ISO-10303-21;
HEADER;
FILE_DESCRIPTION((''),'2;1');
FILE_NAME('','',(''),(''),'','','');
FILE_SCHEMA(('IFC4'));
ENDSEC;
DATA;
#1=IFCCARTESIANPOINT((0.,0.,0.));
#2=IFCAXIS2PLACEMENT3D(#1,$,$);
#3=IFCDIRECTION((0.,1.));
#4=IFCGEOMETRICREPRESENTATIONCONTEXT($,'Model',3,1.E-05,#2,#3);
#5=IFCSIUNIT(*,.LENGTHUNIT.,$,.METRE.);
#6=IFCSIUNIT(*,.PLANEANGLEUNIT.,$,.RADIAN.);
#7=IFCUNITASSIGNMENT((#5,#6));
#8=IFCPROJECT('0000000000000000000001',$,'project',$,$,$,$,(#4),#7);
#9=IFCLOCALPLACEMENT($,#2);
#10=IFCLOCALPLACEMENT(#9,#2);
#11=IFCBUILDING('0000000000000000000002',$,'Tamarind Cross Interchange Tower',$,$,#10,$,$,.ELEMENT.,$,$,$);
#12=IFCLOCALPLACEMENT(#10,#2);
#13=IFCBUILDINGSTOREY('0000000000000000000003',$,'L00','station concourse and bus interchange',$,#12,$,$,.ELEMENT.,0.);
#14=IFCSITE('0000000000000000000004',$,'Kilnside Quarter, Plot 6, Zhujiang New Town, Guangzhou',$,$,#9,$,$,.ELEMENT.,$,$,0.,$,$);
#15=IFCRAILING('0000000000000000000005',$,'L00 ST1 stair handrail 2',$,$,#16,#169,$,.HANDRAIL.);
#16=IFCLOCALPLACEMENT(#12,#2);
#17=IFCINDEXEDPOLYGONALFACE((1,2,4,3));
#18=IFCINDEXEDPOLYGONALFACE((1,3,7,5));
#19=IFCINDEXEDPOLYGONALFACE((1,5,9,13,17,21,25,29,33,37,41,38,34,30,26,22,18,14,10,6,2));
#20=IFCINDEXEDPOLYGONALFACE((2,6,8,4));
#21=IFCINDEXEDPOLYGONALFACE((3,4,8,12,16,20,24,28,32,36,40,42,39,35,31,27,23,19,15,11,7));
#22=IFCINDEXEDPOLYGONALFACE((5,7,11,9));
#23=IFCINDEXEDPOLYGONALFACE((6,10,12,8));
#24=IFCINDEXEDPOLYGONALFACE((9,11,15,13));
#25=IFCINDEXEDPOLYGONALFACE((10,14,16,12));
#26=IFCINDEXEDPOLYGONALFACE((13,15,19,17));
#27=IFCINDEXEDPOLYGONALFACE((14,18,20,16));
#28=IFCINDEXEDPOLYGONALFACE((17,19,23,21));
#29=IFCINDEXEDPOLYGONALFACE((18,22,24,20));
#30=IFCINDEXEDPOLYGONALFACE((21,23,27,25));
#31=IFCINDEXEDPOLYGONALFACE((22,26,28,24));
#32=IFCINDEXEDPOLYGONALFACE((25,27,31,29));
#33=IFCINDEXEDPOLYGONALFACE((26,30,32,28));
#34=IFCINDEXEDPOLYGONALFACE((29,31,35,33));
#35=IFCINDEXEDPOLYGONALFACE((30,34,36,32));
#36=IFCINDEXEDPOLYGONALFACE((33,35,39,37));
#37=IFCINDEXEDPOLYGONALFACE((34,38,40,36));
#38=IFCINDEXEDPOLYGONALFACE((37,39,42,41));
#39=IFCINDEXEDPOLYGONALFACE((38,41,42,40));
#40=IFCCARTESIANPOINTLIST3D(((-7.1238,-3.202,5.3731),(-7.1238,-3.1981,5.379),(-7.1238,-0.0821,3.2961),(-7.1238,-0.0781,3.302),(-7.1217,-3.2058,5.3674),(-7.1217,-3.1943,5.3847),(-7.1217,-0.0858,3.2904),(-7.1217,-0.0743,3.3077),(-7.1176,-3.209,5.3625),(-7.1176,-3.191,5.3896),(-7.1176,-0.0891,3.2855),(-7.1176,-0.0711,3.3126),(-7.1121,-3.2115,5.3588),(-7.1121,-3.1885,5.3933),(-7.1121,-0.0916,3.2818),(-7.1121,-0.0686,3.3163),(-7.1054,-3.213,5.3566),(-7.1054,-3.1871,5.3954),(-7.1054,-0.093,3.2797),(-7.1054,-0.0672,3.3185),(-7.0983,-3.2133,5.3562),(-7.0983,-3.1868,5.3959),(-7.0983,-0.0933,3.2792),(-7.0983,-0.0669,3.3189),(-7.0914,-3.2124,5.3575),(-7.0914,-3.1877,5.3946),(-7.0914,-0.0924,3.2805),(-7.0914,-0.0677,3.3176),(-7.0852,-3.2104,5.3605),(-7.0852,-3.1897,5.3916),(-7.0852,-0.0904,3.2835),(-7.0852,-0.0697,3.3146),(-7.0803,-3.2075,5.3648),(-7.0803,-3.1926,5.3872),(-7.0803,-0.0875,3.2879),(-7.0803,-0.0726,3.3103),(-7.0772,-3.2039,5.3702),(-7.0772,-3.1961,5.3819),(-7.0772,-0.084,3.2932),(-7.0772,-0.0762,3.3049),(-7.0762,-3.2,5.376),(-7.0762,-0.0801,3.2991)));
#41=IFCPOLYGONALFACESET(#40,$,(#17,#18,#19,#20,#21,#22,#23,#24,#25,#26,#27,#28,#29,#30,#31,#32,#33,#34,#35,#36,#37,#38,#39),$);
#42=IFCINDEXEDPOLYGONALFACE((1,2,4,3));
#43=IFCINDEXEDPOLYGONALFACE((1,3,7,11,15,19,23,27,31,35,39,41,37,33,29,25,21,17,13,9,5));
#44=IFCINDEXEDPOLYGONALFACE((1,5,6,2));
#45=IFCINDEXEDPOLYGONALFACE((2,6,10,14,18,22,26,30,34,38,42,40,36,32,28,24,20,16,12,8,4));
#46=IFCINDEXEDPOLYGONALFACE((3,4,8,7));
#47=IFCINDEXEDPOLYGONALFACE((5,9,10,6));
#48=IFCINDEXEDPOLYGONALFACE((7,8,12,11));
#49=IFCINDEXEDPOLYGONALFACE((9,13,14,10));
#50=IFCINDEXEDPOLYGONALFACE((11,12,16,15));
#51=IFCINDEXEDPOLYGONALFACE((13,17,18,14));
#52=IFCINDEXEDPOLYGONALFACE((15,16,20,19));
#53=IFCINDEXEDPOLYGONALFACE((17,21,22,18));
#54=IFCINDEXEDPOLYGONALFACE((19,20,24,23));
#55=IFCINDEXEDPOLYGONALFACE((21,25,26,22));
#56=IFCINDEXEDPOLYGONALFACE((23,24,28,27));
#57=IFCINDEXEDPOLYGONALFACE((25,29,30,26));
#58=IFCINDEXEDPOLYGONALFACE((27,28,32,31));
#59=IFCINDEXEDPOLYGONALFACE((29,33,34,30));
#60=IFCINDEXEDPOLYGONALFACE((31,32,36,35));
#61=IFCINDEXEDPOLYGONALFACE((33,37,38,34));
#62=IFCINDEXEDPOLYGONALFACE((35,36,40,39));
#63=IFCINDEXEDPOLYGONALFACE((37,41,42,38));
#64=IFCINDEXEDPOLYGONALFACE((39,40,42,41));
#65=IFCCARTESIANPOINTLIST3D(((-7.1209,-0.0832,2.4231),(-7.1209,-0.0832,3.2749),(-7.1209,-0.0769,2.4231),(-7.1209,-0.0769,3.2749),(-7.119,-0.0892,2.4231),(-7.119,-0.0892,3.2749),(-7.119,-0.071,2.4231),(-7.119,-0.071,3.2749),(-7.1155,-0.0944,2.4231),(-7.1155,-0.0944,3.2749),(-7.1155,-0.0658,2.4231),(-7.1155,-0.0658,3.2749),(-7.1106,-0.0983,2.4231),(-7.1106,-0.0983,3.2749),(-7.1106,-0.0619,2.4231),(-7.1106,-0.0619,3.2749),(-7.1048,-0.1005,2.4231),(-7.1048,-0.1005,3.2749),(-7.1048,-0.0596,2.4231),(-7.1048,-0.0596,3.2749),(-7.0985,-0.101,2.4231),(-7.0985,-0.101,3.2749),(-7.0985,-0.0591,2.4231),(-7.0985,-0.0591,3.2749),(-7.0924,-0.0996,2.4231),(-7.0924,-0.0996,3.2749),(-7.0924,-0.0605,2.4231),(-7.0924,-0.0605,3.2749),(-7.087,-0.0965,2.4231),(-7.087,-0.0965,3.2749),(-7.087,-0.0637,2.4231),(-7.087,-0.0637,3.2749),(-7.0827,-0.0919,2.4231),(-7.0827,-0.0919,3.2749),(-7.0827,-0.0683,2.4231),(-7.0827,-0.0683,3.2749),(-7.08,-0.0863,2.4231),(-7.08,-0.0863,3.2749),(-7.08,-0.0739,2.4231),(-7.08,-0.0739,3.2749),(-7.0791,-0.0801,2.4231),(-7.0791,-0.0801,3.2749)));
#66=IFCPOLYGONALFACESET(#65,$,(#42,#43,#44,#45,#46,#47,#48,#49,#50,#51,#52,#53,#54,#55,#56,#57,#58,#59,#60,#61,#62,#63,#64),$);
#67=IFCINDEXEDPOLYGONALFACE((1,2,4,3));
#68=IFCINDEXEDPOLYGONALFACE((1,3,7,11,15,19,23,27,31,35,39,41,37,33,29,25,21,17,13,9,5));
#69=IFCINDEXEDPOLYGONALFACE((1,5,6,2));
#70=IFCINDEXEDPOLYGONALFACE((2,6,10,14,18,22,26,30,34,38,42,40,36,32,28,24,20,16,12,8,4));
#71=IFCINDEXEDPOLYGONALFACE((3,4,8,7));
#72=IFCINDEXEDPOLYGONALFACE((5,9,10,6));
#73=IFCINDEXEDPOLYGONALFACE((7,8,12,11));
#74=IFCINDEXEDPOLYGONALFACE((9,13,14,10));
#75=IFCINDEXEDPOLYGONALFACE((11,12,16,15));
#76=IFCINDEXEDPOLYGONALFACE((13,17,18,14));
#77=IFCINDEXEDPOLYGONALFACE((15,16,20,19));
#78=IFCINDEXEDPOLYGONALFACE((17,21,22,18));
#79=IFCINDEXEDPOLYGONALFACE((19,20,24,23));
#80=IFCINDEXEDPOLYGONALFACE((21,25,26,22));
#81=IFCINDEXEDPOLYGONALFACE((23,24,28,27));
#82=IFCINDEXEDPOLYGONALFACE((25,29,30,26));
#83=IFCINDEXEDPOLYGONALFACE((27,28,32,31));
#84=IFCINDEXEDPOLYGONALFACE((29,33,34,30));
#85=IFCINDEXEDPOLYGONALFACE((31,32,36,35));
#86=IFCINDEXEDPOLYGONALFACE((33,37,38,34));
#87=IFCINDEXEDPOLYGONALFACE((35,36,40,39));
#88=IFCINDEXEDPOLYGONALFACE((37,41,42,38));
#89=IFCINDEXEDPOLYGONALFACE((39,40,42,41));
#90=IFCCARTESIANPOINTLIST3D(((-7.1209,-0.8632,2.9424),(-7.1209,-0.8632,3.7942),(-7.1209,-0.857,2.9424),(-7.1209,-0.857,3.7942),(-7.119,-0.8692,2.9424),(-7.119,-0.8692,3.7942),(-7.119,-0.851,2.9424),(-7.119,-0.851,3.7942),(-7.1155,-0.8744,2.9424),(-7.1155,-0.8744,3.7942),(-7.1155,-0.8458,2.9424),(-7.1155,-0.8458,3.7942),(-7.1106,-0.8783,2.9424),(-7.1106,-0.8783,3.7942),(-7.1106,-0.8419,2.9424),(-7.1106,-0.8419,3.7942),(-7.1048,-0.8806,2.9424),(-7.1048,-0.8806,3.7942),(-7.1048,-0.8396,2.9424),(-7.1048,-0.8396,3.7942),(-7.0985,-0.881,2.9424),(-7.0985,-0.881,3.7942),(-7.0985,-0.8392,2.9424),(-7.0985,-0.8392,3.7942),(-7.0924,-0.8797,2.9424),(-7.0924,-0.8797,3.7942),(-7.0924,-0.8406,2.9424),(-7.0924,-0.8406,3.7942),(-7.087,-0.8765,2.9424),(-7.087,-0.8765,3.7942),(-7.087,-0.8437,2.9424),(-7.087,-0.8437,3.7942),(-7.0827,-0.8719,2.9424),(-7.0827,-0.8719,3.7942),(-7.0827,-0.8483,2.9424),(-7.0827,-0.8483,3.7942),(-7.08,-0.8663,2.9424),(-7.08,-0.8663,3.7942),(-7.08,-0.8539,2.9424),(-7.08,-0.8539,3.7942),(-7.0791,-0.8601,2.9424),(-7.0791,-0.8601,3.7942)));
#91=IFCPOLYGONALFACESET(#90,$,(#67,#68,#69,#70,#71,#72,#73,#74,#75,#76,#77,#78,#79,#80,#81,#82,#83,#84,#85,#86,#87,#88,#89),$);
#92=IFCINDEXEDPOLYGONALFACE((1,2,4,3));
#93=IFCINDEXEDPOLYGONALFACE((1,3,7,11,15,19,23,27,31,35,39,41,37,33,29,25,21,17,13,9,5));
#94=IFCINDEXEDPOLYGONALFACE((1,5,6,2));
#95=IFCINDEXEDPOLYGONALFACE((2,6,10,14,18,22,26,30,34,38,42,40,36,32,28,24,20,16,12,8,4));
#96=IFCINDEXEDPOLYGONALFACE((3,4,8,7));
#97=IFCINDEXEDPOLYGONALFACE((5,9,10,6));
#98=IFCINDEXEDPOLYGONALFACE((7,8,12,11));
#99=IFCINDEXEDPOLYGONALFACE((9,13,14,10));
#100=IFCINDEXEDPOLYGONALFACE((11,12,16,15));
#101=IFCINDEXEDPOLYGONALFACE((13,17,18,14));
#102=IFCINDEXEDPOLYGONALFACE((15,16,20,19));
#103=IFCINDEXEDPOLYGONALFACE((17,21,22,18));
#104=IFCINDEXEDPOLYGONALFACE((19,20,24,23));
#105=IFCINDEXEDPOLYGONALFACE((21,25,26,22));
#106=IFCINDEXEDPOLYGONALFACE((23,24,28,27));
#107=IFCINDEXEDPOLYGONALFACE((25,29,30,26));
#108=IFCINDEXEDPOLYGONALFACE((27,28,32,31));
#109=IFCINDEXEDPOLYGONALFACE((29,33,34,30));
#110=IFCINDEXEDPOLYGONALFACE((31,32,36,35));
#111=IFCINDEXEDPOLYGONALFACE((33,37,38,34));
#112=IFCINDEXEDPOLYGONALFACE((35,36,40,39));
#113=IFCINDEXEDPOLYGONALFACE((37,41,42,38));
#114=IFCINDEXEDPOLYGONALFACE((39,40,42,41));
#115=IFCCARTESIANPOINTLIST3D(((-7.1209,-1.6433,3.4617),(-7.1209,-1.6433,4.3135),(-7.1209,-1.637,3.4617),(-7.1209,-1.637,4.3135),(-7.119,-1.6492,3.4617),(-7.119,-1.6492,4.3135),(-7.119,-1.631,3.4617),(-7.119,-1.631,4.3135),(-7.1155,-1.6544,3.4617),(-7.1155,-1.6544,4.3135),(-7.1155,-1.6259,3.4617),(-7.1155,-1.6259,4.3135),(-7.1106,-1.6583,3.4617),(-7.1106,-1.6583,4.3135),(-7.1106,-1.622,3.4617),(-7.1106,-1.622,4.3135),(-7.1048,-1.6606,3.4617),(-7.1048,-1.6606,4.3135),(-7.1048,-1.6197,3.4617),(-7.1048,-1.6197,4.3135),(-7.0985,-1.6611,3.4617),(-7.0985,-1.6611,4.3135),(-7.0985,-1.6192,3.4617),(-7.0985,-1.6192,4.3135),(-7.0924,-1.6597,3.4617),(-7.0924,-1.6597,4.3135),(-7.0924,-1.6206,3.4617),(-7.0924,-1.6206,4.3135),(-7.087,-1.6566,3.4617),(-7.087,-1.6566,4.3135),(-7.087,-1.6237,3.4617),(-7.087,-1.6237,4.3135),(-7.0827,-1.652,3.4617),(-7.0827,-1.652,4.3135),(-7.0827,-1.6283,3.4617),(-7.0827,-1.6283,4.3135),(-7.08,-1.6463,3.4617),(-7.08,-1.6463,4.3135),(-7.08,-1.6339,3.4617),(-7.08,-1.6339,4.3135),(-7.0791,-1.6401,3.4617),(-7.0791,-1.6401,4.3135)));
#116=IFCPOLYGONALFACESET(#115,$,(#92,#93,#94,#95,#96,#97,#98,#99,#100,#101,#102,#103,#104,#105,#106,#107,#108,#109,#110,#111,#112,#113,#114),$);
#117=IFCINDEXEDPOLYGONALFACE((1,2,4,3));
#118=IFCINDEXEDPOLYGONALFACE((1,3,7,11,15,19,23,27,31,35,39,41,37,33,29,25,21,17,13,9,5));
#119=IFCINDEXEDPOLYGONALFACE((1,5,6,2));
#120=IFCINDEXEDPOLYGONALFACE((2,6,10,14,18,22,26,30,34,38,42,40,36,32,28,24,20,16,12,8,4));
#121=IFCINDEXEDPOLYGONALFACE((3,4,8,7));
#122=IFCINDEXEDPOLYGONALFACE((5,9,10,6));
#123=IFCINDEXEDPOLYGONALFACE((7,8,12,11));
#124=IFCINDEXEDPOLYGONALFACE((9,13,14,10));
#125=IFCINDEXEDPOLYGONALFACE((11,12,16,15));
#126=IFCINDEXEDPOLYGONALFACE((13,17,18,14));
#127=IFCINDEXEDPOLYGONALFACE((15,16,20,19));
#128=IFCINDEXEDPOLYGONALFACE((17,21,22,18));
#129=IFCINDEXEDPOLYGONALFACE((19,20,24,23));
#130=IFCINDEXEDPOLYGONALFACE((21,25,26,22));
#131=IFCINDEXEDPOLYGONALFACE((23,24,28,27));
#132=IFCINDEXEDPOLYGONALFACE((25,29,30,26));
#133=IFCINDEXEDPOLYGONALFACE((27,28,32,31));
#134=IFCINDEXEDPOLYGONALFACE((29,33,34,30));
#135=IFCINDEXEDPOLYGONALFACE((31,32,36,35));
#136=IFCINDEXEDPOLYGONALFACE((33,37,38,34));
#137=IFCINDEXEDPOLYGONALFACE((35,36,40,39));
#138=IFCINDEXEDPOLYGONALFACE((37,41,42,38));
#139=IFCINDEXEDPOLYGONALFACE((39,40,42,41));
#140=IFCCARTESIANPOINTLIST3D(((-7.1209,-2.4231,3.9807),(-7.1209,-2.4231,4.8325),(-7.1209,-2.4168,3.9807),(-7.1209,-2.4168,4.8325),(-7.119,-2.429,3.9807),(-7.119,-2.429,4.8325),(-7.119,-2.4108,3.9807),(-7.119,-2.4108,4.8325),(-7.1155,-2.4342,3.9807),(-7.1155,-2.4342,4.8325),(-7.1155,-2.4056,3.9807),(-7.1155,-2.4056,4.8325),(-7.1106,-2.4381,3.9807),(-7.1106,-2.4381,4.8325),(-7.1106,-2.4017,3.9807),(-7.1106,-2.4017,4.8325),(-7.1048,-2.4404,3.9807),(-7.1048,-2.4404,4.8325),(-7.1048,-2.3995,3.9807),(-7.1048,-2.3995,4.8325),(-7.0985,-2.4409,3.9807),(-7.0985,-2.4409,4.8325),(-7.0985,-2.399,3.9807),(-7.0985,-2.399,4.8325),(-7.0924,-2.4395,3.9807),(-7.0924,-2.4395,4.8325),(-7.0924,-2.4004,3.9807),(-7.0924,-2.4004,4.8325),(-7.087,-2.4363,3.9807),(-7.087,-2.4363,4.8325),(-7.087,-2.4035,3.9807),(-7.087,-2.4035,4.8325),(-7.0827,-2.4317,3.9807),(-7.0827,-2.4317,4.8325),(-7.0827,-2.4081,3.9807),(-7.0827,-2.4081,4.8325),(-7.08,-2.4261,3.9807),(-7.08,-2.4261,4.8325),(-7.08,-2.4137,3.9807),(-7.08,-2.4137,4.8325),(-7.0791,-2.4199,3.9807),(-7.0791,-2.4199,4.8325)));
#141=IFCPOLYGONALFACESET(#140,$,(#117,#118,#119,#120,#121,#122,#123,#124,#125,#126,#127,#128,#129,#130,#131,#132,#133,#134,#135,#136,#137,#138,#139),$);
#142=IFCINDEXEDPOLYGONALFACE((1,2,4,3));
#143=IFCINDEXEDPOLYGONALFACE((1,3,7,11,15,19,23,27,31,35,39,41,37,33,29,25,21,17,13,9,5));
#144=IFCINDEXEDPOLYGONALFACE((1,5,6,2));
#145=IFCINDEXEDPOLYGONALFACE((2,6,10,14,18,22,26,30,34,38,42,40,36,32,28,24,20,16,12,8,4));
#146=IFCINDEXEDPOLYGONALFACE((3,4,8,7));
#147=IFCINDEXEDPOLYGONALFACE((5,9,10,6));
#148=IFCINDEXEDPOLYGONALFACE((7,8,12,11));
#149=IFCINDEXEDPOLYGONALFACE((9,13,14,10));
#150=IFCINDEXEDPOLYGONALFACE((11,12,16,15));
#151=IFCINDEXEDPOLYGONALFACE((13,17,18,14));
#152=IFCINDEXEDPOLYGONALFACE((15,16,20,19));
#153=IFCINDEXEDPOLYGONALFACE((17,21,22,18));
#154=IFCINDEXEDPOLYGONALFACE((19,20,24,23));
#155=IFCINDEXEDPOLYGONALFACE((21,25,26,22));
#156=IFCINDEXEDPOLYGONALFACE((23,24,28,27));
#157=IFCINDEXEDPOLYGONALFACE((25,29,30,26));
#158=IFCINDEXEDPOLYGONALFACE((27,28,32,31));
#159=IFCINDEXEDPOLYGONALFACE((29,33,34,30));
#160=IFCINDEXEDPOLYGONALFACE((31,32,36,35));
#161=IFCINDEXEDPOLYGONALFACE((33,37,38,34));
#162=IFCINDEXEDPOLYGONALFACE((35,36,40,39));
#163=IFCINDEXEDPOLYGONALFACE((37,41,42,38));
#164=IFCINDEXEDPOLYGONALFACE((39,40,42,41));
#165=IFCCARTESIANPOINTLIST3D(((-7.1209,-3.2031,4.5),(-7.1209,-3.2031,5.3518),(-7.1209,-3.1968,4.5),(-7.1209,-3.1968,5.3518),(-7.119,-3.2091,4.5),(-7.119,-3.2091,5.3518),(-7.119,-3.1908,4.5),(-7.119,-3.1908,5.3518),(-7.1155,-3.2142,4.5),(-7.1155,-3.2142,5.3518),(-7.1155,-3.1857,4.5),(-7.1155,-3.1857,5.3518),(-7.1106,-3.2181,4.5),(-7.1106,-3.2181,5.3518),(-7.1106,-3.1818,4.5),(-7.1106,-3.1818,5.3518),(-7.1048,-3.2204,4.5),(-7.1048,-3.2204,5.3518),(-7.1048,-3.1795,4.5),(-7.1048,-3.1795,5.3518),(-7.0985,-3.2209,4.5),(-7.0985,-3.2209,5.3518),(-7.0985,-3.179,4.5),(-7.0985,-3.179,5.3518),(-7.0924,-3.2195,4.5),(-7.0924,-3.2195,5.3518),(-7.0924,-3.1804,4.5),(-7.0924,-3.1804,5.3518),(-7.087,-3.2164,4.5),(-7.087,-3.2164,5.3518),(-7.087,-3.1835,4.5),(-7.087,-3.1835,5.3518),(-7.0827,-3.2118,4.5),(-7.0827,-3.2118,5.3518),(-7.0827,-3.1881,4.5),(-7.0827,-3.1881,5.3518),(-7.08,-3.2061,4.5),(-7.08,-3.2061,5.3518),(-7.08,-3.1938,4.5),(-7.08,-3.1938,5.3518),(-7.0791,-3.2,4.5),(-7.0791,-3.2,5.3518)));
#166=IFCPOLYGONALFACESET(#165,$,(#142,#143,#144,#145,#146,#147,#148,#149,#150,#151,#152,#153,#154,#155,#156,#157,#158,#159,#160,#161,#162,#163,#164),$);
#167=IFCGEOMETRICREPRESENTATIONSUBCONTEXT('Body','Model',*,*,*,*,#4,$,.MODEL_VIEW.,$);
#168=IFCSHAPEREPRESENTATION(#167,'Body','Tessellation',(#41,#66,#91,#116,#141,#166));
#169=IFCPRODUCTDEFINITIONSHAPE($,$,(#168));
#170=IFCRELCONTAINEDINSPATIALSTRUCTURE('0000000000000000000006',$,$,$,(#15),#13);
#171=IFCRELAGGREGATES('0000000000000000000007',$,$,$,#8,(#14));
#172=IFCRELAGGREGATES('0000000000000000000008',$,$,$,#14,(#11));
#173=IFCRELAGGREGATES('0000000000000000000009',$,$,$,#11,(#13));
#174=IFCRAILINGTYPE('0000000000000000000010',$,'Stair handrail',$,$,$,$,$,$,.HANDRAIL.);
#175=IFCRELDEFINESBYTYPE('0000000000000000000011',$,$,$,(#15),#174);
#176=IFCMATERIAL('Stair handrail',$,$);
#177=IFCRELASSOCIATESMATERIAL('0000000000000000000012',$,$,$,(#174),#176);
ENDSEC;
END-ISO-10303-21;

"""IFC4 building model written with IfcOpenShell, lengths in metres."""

from ifc_helpers import new_model, si_unit, direction, frame, origin, origin_2d, place, context, subcontext, project, spatial, circle, extrude, material, type_object, element, save


model = new_model("IFC4")

# Units and contexts
model_context = context("Model", 3, precision=1e-05, world=origin(), true_north=direction((0.0, 1.0)))
body_context = subcontext(model_context, "Body", "Model", "MODEL_VIEW")
ifc_project = project(units=[si_unit("LENGTHUNIT", "METRE"), si_unit("PLANEANGLEUNIT", "RADIAN")], contexts=[model_context])

# Site, building, storey
site_placement = place(None, origin())
site = spatial("IfcSite", under=ifc_project, at=site_placement, Name="Kilnside Quarter, Plot 6, Zhujiang New Town, Guangzhou", CompositionType="ELEMENT", RefElevation=0.0)
building_placement = place(site_placement, origin())
building = spatial("IfcBuilding", under=site, at=building_placement, Name="Tamarind Cross Interchange Tower", CompositionType="ELEMENT")
storey_placement = place(building_placement, origin())
storey = spatial("IfcBuildingStorey", under=building, at=storey_placement, Name="L00", Description="station concourse and bus interchange", CompositionType="ELEMENT", Elevation=0.0)

# Railing
ifc_material_1 = material(Name="Stair handrail")
railing_type_1 = type_object("IfcRailingType", Name="Stair handrail", PredefinedType="HANDRAIL", material=ifc_material_1)
railing_1_placement = place(storey_placement, frame((-7.1001, -0.0801, 2.4231)))
element("IfcRailing", 1, at=railing_1_placement, inside=storey, type_object=railing_type_1, Name="L00 ST1 stair handrail 2", PredefinedType="HANDRAIL", context=body_context, shape_type="SweptSolid", body=[
    extrude(circle(Radius=0.0239, at=origin_2d()), frame((0.0, 0.0, 0.876), z_axis=(0.0, -0.832421, 0.554144), x_axis=(1.0, 0.0, 0.0)), (0.0, 0.0, 1.0), 3.748),
    extrude(circle(Radius=0.021, at=origin_2d()), origin(), (0.0, 0.0, 1.0), 0.8518),
    extrude(circle(Radius=0.021, at=origin_2d()), frame((0.0, -0.78, 0.5193)), (0.0, 0.0, 1.0), 0.8518),
    extrude(circle(Radius=0.021, at=origin_2d()), frame((0.0, -1.5601, 1.0386)), (0.0, 0.0, 1.0), 0.8518),
    extrude(circle(Radius=0.021, at=origin_2d()), frame((0.0, -2.3398, 1.5576)), (0.0, 0.0, 1.0), 0.8518),
    extrude(circle(Radius=0.021, at=origin_2d()), frame((0.0, -3.1199, 2.0769)), (0.0, 0.0, 1.0), 0.8518),
])

save(model, "model.ifc")
